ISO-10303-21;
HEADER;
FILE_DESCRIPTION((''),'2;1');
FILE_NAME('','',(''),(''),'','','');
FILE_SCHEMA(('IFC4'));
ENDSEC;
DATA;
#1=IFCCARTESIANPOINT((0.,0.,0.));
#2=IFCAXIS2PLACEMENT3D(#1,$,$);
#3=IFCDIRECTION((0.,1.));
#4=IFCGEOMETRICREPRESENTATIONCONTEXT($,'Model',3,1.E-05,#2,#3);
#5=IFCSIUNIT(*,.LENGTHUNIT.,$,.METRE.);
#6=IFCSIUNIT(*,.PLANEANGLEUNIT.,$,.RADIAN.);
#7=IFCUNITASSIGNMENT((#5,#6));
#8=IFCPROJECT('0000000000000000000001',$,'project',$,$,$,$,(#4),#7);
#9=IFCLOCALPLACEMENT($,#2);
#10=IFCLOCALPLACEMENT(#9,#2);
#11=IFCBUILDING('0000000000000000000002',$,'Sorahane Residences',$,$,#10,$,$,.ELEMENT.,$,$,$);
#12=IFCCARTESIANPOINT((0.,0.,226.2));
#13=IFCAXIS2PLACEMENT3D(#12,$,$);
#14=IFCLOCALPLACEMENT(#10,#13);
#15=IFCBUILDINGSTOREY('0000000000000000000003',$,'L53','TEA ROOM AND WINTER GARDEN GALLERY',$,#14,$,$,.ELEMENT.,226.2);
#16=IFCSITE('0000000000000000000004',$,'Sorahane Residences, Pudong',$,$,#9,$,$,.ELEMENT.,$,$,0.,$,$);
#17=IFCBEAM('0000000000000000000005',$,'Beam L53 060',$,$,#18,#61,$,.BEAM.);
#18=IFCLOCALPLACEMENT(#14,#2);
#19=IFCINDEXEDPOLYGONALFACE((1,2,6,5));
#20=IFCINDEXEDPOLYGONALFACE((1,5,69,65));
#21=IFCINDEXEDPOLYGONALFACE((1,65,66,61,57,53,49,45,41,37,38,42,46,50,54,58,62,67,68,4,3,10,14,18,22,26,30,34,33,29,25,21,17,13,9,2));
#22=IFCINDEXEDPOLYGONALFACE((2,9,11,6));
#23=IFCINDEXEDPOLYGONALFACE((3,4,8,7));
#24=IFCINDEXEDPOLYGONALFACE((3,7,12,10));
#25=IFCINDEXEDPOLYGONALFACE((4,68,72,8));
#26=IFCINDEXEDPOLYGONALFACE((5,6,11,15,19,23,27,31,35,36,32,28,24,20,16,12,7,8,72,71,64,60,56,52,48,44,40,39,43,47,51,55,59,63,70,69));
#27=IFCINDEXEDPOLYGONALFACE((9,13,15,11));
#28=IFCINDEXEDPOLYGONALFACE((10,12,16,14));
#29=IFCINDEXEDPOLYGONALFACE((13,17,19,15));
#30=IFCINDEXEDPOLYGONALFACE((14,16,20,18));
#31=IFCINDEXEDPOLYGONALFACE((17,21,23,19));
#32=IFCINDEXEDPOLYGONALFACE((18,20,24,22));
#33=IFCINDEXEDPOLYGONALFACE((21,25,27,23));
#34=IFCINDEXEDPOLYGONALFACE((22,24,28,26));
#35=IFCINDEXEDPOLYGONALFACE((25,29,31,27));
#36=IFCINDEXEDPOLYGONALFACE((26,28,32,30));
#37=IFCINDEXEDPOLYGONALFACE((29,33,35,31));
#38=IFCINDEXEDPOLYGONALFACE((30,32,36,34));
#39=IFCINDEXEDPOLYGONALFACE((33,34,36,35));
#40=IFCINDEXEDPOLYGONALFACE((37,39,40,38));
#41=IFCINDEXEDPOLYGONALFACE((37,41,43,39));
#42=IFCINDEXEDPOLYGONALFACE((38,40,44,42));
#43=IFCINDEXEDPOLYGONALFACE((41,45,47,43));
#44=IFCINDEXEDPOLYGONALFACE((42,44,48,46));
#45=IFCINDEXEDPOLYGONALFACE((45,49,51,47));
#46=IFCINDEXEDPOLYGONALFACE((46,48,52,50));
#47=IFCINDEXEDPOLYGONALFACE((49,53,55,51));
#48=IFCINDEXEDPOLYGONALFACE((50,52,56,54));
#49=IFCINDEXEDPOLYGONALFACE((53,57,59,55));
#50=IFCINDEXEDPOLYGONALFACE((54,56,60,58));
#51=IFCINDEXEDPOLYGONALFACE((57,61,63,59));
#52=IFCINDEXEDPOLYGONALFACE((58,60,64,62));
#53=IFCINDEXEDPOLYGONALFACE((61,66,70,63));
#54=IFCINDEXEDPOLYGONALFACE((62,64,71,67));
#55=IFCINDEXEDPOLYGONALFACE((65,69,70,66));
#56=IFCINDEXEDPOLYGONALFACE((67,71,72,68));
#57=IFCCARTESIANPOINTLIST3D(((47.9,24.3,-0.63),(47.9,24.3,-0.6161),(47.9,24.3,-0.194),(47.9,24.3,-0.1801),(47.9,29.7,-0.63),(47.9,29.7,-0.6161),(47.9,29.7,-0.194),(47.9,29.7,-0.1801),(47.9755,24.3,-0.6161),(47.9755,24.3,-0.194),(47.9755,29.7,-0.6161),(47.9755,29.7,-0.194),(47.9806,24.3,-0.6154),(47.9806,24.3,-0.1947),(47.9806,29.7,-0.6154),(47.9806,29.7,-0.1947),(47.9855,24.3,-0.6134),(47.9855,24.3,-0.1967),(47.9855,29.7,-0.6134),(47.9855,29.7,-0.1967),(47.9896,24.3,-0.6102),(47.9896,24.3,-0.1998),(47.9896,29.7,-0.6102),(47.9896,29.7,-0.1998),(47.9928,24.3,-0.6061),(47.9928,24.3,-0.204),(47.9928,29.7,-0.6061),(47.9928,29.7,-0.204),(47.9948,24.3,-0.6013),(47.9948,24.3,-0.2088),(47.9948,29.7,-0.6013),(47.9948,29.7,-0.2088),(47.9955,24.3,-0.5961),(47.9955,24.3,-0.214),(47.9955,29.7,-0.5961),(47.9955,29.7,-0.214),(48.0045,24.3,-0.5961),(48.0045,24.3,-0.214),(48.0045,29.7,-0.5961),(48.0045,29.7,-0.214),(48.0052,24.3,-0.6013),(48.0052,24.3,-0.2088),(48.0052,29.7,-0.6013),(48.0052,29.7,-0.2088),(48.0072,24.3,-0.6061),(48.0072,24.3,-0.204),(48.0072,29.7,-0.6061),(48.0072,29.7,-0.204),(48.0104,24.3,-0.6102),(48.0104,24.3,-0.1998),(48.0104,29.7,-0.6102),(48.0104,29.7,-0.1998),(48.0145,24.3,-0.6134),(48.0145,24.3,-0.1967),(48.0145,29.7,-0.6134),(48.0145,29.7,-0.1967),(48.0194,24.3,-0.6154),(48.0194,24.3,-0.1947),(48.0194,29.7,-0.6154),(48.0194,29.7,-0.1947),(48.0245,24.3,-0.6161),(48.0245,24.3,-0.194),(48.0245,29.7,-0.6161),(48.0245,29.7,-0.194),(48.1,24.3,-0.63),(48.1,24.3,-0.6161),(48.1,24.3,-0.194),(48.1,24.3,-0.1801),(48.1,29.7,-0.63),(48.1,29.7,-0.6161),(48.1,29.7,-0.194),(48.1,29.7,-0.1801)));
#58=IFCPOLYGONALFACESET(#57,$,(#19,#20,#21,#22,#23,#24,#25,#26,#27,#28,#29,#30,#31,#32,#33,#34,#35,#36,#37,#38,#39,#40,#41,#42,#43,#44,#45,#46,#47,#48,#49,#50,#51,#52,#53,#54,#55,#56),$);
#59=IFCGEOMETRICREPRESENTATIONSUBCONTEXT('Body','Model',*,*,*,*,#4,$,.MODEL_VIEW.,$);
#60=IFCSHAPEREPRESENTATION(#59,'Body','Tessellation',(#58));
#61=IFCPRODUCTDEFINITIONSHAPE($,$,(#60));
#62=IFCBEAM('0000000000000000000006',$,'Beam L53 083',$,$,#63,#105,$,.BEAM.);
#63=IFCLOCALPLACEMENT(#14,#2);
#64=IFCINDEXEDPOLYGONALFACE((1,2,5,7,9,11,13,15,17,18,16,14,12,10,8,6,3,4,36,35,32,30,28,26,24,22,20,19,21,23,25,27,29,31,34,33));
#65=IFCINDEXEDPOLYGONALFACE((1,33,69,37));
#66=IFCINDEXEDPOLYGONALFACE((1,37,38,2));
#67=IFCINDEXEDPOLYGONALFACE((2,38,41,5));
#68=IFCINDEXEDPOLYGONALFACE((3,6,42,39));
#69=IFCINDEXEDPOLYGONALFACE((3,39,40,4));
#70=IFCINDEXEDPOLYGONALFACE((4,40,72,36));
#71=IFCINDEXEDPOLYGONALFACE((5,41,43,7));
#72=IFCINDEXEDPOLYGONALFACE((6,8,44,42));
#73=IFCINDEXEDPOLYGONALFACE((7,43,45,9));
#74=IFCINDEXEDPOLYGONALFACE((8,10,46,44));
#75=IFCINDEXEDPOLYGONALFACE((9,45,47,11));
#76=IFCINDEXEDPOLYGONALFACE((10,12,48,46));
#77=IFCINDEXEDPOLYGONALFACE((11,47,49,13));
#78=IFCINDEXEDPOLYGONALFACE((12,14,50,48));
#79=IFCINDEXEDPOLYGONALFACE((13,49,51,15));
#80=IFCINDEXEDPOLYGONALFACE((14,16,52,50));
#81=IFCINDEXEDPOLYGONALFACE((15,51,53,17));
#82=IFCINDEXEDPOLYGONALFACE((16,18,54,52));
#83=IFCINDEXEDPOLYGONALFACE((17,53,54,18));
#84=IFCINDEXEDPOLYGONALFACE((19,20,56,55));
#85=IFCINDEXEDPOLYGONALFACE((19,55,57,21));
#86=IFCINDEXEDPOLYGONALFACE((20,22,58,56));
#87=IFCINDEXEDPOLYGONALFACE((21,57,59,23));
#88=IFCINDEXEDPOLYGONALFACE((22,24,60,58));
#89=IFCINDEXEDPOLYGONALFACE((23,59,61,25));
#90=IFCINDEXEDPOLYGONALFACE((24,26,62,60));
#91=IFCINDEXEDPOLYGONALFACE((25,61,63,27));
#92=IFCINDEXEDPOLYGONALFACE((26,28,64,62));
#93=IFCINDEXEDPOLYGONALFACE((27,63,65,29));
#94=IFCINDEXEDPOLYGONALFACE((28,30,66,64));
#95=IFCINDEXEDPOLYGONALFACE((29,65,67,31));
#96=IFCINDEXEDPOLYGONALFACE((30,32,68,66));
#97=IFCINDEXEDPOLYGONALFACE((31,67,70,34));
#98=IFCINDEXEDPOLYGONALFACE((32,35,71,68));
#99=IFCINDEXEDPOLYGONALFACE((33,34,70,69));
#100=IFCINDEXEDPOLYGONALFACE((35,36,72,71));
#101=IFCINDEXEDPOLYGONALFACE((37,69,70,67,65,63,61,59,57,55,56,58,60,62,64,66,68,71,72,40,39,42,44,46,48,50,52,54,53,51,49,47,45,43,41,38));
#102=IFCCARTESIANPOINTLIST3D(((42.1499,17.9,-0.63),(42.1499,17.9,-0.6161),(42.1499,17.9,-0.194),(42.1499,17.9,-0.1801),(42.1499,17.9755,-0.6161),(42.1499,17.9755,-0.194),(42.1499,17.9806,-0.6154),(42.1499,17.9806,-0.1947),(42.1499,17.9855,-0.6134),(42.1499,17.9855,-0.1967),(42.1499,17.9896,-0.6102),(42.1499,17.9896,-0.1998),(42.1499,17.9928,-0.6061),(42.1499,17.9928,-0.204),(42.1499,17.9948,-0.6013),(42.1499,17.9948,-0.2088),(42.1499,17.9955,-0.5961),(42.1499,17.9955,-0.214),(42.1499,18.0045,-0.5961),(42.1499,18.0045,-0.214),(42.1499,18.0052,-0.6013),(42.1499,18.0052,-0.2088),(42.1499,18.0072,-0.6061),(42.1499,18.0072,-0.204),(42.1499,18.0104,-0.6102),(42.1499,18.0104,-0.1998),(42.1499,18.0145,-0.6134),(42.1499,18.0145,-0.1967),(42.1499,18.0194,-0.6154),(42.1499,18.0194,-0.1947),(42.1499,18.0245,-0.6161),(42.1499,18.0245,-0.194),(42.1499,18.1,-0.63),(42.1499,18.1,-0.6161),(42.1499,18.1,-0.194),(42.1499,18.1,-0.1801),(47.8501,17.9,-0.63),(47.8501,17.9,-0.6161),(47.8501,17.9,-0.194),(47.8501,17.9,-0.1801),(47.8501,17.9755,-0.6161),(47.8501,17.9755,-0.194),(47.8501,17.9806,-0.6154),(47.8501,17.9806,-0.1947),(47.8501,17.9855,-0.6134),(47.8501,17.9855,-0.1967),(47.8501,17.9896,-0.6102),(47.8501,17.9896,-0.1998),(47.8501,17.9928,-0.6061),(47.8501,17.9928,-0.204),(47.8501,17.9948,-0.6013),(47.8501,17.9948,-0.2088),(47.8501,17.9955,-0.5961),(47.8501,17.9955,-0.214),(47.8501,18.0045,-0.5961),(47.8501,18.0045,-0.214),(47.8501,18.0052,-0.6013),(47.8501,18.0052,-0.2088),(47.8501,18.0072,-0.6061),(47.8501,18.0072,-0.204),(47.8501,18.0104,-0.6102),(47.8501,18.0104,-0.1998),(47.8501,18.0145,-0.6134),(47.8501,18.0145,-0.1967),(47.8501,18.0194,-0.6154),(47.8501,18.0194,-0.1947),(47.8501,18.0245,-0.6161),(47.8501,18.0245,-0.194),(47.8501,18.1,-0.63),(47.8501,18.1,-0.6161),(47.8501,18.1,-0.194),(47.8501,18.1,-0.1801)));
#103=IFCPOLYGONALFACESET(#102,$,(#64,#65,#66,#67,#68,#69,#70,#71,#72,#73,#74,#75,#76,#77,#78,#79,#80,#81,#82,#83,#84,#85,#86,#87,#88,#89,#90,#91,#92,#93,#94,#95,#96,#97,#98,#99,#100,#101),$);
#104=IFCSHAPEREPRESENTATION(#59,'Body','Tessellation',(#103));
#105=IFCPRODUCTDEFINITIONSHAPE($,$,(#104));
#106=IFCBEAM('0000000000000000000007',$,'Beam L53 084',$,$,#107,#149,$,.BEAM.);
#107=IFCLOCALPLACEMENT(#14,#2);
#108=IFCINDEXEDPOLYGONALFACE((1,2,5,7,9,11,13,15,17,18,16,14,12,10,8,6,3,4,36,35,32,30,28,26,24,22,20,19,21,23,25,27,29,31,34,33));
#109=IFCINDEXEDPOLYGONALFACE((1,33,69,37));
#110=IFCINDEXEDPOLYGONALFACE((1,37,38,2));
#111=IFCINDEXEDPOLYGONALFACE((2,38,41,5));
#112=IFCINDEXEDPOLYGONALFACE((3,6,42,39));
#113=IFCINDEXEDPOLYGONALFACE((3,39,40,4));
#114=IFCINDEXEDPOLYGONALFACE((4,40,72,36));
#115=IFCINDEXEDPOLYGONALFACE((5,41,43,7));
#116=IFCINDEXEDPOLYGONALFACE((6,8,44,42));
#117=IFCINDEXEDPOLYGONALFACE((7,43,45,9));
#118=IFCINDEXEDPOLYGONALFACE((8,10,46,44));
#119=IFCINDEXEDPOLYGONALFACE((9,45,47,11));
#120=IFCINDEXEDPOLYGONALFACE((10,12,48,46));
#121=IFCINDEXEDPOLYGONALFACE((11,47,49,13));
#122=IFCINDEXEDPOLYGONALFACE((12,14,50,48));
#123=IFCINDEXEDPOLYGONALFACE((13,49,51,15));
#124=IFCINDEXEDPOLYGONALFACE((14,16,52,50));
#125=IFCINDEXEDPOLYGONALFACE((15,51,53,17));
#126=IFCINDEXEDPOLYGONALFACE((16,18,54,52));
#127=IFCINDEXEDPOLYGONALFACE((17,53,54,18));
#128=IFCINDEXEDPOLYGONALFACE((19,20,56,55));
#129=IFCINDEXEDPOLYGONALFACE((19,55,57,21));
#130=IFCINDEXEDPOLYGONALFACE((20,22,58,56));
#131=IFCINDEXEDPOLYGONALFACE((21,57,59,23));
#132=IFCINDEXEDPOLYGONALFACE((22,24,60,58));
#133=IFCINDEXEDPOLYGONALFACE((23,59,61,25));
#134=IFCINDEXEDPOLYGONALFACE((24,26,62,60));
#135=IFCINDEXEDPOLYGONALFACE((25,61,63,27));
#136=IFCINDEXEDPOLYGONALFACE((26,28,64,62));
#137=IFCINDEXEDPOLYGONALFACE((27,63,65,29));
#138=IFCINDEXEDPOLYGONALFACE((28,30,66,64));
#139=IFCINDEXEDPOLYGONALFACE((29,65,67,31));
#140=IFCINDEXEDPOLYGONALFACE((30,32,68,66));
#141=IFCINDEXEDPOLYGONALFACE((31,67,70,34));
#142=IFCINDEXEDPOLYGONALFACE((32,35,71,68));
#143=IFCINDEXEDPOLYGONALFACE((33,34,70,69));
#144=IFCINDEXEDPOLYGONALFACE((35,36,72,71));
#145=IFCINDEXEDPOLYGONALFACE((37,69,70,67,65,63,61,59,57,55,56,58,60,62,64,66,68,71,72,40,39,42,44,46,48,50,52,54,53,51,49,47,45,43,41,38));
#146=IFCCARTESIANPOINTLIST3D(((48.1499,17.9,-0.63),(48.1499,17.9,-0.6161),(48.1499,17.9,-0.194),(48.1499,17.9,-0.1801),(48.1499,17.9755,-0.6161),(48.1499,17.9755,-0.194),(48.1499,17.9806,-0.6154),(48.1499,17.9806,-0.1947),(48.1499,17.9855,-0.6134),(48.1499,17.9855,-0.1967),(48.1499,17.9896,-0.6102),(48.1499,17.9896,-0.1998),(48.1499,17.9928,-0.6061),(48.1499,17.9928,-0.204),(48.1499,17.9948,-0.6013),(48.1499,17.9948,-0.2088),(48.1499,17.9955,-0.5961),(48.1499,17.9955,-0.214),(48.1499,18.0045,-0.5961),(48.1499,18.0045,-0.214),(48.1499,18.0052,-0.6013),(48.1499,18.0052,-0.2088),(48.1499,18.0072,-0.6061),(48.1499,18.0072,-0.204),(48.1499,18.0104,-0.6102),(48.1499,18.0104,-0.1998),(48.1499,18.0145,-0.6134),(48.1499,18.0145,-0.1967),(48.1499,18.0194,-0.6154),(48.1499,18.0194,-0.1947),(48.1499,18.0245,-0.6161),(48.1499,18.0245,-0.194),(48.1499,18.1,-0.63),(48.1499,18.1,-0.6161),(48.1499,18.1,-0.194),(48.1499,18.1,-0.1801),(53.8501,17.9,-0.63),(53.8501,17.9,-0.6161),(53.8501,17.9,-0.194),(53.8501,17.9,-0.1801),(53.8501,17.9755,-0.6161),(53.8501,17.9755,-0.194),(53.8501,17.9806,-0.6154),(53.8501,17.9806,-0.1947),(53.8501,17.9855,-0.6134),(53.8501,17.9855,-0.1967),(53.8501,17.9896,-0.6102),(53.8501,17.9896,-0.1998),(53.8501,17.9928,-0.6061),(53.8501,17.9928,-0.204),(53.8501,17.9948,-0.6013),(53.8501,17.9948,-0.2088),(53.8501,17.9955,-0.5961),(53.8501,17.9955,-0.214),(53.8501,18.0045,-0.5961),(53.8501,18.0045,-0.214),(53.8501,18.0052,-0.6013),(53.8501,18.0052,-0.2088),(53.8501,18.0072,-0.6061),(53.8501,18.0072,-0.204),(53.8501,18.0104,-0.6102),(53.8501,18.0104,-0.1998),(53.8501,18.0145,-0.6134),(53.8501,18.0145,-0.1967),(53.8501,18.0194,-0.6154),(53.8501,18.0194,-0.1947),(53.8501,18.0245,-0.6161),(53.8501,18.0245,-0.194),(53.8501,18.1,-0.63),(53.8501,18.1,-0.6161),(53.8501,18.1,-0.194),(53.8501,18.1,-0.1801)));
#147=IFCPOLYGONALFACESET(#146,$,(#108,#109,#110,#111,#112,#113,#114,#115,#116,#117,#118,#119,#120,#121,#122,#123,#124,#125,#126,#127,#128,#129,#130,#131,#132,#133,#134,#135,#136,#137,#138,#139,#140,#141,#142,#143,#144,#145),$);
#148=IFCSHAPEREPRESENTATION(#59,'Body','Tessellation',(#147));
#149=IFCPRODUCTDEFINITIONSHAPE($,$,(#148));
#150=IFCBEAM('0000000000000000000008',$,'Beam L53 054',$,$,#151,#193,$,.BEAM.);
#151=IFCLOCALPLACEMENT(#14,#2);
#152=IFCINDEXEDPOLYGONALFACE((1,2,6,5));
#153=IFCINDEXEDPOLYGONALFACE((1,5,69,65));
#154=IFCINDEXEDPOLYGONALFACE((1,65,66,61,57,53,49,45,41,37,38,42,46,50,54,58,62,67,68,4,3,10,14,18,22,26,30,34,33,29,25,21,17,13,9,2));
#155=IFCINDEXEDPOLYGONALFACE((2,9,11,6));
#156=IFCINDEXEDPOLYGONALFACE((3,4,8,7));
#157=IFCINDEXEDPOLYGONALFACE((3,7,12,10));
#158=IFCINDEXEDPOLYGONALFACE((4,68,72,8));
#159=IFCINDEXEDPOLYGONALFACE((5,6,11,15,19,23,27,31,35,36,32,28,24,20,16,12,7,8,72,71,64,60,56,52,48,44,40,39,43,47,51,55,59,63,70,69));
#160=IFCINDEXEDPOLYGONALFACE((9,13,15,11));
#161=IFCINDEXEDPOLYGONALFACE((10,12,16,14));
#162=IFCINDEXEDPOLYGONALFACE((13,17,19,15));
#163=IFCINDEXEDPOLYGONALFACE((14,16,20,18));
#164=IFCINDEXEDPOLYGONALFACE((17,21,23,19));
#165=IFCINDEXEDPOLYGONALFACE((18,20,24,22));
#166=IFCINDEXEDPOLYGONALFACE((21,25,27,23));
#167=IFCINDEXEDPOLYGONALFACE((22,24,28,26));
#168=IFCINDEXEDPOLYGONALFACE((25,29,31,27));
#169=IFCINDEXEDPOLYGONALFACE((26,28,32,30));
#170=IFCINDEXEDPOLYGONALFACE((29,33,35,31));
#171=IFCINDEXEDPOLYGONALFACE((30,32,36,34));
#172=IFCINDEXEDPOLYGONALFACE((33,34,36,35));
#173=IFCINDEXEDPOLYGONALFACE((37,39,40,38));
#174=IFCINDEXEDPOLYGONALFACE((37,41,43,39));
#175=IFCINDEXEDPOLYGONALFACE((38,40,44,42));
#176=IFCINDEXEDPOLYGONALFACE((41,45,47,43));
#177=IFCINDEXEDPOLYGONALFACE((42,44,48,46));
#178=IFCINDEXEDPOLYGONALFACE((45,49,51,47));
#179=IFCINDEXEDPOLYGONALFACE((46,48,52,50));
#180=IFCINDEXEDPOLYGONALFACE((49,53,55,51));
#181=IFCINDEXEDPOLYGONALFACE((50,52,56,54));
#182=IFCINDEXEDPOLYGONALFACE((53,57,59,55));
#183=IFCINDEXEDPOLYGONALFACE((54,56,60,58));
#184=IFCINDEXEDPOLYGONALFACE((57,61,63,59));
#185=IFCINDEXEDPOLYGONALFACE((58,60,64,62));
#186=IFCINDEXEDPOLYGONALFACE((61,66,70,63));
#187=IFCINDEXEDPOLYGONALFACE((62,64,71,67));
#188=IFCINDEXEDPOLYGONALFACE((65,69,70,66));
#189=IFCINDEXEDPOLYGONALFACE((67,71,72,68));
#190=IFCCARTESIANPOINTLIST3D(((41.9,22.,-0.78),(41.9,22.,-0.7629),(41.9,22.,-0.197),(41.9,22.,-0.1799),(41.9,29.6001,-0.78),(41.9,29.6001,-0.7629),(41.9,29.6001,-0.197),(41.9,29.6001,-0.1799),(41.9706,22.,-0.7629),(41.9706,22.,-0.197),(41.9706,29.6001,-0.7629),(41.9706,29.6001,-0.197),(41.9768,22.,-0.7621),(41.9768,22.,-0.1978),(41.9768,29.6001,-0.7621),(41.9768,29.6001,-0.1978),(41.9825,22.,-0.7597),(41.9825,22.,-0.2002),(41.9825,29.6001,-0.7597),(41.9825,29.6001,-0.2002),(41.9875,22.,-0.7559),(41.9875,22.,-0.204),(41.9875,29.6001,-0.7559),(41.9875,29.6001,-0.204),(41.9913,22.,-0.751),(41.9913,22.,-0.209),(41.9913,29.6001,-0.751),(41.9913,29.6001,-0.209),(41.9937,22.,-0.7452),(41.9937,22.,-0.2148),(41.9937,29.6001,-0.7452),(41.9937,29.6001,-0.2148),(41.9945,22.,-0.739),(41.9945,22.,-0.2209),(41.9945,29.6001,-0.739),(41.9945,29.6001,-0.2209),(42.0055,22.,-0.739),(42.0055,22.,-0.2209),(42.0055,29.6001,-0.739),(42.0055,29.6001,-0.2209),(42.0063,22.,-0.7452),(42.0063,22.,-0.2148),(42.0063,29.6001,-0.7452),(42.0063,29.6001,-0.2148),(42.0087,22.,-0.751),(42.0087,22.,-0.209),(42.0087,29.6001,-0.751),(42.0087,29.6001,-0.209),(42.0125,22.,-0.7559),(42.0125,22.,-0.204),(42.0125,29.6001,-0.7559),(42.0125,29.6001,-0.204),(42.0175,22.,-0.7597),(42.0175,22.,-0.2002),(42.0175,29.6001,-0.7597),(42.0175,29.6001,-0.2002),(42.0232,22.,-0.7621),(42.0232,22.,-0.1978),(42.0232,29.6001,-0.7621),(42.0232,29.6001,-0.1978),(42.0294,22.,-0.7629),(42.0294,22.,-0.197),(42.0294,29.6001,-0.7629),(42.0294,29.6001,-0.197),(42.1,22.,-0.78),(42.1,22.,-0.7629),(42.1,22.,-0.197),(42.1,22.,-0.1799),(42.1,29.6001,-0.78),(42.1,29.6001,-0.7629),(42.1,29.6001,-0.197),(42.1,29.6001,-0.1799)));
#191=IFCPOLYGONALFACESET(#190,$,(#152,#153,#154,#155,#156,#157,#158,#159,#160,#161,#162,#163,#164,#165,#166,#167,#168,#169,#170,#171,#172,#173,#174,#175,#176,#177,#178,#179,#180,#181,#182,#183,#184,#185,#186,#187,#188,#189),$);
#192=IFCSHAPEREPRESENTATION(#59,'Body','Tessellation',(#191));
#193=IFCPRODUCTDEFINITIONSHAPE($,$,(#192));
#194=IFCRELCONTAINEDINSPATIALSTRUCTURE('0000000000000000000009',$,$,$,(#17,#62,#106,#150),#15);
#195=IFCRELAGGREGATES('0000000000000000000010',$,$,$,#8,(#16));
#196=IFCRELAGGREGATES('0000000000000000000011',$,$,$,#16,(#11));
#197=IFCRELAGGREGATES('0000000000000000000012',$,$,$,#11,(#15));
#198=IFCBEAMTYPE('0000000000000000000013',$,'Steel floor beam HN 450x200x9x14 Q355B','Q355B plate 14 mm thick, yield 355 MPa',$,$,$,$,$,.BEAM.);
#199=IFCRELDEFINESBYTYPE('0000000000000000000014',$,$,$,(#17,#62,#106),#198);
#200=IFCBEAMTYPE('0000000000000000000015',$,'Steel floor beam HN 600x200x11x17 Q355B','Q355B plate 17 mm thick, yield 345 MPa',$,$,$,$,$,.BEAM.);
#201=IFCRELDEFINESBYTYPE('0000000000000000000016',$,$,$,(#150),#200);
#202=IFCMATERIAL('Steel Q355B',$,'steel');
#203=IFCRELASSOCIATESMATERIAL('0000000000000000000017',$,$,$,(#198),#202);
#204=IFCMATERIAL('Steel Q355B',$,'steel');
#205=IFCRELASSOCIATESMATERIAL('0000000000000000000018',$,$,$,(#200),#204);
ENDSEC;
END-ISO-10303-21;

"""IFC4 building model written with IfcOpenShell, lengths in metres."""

from ifc_helpers import new_model, si_unit, direction, frame, origin, origin_2d, place, context, subcontext, project, spatial, i_section, extrude, material, material_profile, profile_set, type_object, element, save


model = new_model("IFC4")

# Units and contexts
model_context = context("Model", 3, precision=1e-05, world=origin(), true_north=direction((0.0, 1.0)))
body_context = subcontext(model_context, "Body", "Model", "MODEL_VIEW")
ifc_project = project(units=[si_unit("LENGTHUNIT", "METRE"), si_unit("PLANEANGLEUNIT", "RADIAN")], contexts=[model_context])

# Site, building, storey
site_placement = place(None, origin())
site = spatial("IfcSite", under=ifc_project, at=site_placement, Name="Sorahane Residences, Pudong", CompositionType="ELEMENT", RefElevation=0.0)
building_placement = place(site_placement, origin())
building = spatial("IfcBuilding", under=site, at=building_placement, Name="Sorahane Residences", CompositionType="ELEMENT")
storey_placement = place(building_placement, frame((0.0, 0.0, 226.2)))
storey = spatial("IfcBuildingStorey", under=building, at=storey_placement, Name="L53", Description="TEA ROOM AND WINTER GARDEN GALLERY", CompositionType="ELEMENT", Elevation=226.2)

# Beams
ifc_material_1 = material(Name="Steel Q355B", Category="steel")
ifc_material_profile_1 = material_profile(ifc_material_1, i_section(OverallWidth=0.2, OverallDepth=0.45, WebThickness=0.009, FlangeThickness=0.0139, FilletRadius=0.02, at=origin_2d()), Name="HN 450x200x9x14")
ifc_profile_set_1 = profile_set([ifc_material_profile_1], Name="Steel Q355B")
beam_type_1 = type_object("IfcBeamType", Name="Steel floor beam HN 450x200x9x14 Q355B", Description="Q355B plate 14 mm thick, yield 355 MPa", PredefinedType="BEAM", material=ifc_profile_set_1)
beam_1_placement = place(storey_placement, frame((48.0, 24.3, -0.405), z_axis=(0.0, 1.0, 0.0), x_axis=(-1.0, 0.0, 0.0)))
element("IfcBeam", 1, at=beam_1_placement, inside=storey, type_object=beam_type_1, Name="Beam L53 060", PredefinedType="BEAM", context=body_context, shape_type="SweptSolid", body=[
    extrude(i_section(OverallWidth=0.2, OverallDepth=0.45, WebThickness=0.009, FlangeThickness=0.0139, FilletRadius=0.02, at=origin_2d()), origin(), (0.0, 0.0, 1.0), 5.3999),
])
for number, where, z_axis, x_axis, name in (
    (2, (42.1499, 18.0, -0.405), (1.0, 0.0, 0.0), (0.0, 1.0, 0.0), "Beam L53 083"),
    (3, (48.1499, 18.0, -0.405), (1.0, 0.0, 0.0), (0.0, 1.0, 0.0), "Beam L53 084"),
):
    element("IfcBeam", number, at=place(storey_placement, frame(where, z_axis=z_axis, x_axis=x_axis)), inside=storey, type_object=beam_type_1, Name=name, PredefinedType="BEAM", context=body_context, shape_type="SweptSolid", body=[
        extrude(i_section(OverallWidth=0.2, OverallDepth=0.45, WebThickness=0.009, FlangeThickness=0.0139, FilletRadius=0.02, at=origin_2d()), origin(), (0.0, 0.0, 1.0), 5.7002),
    ])
ifc_material_2 = material(Name="Steel Q355B", Category="steel")
ifc_material_profile_2 = material_profile(ifc_material_2, i_section(OverallWidth=0.2, OverallDepth=0.6001, WebThickness=0.011, FlangeThickness=0.0171, FilletRadius=0.0239, at=origin_2d()), Name="HN 600x200x11x17")
ifc_profile_set_2 = profile_set([ifc_material_profile_2], Name="Steel Q355B")
beam_type_2 = type_object("IfcBeamType", Name="Steel floor beam HN 600x200x11x17 Q355B", Description="Q355B plate 17 mm thick, yield 345 MPa", PredefinedType="BEAM", material=ifc_profile_set_2)
beam_2_placement = place(storey_placement, frame((42.0, 22.0, -0.48), z_axis=(0.0, 1.0, 0.0), x_axis=(-1.0, 0.0, 0.0)))
element("IfcBeam", 4, at=beam_2_placement, inside=storey, type_object=beam_type_2, Name="Beam L53 054", PredefinedType="BEAM", context=body_context, shape_type="SweptSolid", body=[
    extrude(i_section(OverallWidth=0.2, OverallDepth=0.6001, WebThickness=0.011, FlangeThickness=0.0171, FilletRadius=0.0239, at=origin_2d()), origin(), (0.0, 0.0, 1.0), 7.6001),
])

save(model, "model.ifc")
